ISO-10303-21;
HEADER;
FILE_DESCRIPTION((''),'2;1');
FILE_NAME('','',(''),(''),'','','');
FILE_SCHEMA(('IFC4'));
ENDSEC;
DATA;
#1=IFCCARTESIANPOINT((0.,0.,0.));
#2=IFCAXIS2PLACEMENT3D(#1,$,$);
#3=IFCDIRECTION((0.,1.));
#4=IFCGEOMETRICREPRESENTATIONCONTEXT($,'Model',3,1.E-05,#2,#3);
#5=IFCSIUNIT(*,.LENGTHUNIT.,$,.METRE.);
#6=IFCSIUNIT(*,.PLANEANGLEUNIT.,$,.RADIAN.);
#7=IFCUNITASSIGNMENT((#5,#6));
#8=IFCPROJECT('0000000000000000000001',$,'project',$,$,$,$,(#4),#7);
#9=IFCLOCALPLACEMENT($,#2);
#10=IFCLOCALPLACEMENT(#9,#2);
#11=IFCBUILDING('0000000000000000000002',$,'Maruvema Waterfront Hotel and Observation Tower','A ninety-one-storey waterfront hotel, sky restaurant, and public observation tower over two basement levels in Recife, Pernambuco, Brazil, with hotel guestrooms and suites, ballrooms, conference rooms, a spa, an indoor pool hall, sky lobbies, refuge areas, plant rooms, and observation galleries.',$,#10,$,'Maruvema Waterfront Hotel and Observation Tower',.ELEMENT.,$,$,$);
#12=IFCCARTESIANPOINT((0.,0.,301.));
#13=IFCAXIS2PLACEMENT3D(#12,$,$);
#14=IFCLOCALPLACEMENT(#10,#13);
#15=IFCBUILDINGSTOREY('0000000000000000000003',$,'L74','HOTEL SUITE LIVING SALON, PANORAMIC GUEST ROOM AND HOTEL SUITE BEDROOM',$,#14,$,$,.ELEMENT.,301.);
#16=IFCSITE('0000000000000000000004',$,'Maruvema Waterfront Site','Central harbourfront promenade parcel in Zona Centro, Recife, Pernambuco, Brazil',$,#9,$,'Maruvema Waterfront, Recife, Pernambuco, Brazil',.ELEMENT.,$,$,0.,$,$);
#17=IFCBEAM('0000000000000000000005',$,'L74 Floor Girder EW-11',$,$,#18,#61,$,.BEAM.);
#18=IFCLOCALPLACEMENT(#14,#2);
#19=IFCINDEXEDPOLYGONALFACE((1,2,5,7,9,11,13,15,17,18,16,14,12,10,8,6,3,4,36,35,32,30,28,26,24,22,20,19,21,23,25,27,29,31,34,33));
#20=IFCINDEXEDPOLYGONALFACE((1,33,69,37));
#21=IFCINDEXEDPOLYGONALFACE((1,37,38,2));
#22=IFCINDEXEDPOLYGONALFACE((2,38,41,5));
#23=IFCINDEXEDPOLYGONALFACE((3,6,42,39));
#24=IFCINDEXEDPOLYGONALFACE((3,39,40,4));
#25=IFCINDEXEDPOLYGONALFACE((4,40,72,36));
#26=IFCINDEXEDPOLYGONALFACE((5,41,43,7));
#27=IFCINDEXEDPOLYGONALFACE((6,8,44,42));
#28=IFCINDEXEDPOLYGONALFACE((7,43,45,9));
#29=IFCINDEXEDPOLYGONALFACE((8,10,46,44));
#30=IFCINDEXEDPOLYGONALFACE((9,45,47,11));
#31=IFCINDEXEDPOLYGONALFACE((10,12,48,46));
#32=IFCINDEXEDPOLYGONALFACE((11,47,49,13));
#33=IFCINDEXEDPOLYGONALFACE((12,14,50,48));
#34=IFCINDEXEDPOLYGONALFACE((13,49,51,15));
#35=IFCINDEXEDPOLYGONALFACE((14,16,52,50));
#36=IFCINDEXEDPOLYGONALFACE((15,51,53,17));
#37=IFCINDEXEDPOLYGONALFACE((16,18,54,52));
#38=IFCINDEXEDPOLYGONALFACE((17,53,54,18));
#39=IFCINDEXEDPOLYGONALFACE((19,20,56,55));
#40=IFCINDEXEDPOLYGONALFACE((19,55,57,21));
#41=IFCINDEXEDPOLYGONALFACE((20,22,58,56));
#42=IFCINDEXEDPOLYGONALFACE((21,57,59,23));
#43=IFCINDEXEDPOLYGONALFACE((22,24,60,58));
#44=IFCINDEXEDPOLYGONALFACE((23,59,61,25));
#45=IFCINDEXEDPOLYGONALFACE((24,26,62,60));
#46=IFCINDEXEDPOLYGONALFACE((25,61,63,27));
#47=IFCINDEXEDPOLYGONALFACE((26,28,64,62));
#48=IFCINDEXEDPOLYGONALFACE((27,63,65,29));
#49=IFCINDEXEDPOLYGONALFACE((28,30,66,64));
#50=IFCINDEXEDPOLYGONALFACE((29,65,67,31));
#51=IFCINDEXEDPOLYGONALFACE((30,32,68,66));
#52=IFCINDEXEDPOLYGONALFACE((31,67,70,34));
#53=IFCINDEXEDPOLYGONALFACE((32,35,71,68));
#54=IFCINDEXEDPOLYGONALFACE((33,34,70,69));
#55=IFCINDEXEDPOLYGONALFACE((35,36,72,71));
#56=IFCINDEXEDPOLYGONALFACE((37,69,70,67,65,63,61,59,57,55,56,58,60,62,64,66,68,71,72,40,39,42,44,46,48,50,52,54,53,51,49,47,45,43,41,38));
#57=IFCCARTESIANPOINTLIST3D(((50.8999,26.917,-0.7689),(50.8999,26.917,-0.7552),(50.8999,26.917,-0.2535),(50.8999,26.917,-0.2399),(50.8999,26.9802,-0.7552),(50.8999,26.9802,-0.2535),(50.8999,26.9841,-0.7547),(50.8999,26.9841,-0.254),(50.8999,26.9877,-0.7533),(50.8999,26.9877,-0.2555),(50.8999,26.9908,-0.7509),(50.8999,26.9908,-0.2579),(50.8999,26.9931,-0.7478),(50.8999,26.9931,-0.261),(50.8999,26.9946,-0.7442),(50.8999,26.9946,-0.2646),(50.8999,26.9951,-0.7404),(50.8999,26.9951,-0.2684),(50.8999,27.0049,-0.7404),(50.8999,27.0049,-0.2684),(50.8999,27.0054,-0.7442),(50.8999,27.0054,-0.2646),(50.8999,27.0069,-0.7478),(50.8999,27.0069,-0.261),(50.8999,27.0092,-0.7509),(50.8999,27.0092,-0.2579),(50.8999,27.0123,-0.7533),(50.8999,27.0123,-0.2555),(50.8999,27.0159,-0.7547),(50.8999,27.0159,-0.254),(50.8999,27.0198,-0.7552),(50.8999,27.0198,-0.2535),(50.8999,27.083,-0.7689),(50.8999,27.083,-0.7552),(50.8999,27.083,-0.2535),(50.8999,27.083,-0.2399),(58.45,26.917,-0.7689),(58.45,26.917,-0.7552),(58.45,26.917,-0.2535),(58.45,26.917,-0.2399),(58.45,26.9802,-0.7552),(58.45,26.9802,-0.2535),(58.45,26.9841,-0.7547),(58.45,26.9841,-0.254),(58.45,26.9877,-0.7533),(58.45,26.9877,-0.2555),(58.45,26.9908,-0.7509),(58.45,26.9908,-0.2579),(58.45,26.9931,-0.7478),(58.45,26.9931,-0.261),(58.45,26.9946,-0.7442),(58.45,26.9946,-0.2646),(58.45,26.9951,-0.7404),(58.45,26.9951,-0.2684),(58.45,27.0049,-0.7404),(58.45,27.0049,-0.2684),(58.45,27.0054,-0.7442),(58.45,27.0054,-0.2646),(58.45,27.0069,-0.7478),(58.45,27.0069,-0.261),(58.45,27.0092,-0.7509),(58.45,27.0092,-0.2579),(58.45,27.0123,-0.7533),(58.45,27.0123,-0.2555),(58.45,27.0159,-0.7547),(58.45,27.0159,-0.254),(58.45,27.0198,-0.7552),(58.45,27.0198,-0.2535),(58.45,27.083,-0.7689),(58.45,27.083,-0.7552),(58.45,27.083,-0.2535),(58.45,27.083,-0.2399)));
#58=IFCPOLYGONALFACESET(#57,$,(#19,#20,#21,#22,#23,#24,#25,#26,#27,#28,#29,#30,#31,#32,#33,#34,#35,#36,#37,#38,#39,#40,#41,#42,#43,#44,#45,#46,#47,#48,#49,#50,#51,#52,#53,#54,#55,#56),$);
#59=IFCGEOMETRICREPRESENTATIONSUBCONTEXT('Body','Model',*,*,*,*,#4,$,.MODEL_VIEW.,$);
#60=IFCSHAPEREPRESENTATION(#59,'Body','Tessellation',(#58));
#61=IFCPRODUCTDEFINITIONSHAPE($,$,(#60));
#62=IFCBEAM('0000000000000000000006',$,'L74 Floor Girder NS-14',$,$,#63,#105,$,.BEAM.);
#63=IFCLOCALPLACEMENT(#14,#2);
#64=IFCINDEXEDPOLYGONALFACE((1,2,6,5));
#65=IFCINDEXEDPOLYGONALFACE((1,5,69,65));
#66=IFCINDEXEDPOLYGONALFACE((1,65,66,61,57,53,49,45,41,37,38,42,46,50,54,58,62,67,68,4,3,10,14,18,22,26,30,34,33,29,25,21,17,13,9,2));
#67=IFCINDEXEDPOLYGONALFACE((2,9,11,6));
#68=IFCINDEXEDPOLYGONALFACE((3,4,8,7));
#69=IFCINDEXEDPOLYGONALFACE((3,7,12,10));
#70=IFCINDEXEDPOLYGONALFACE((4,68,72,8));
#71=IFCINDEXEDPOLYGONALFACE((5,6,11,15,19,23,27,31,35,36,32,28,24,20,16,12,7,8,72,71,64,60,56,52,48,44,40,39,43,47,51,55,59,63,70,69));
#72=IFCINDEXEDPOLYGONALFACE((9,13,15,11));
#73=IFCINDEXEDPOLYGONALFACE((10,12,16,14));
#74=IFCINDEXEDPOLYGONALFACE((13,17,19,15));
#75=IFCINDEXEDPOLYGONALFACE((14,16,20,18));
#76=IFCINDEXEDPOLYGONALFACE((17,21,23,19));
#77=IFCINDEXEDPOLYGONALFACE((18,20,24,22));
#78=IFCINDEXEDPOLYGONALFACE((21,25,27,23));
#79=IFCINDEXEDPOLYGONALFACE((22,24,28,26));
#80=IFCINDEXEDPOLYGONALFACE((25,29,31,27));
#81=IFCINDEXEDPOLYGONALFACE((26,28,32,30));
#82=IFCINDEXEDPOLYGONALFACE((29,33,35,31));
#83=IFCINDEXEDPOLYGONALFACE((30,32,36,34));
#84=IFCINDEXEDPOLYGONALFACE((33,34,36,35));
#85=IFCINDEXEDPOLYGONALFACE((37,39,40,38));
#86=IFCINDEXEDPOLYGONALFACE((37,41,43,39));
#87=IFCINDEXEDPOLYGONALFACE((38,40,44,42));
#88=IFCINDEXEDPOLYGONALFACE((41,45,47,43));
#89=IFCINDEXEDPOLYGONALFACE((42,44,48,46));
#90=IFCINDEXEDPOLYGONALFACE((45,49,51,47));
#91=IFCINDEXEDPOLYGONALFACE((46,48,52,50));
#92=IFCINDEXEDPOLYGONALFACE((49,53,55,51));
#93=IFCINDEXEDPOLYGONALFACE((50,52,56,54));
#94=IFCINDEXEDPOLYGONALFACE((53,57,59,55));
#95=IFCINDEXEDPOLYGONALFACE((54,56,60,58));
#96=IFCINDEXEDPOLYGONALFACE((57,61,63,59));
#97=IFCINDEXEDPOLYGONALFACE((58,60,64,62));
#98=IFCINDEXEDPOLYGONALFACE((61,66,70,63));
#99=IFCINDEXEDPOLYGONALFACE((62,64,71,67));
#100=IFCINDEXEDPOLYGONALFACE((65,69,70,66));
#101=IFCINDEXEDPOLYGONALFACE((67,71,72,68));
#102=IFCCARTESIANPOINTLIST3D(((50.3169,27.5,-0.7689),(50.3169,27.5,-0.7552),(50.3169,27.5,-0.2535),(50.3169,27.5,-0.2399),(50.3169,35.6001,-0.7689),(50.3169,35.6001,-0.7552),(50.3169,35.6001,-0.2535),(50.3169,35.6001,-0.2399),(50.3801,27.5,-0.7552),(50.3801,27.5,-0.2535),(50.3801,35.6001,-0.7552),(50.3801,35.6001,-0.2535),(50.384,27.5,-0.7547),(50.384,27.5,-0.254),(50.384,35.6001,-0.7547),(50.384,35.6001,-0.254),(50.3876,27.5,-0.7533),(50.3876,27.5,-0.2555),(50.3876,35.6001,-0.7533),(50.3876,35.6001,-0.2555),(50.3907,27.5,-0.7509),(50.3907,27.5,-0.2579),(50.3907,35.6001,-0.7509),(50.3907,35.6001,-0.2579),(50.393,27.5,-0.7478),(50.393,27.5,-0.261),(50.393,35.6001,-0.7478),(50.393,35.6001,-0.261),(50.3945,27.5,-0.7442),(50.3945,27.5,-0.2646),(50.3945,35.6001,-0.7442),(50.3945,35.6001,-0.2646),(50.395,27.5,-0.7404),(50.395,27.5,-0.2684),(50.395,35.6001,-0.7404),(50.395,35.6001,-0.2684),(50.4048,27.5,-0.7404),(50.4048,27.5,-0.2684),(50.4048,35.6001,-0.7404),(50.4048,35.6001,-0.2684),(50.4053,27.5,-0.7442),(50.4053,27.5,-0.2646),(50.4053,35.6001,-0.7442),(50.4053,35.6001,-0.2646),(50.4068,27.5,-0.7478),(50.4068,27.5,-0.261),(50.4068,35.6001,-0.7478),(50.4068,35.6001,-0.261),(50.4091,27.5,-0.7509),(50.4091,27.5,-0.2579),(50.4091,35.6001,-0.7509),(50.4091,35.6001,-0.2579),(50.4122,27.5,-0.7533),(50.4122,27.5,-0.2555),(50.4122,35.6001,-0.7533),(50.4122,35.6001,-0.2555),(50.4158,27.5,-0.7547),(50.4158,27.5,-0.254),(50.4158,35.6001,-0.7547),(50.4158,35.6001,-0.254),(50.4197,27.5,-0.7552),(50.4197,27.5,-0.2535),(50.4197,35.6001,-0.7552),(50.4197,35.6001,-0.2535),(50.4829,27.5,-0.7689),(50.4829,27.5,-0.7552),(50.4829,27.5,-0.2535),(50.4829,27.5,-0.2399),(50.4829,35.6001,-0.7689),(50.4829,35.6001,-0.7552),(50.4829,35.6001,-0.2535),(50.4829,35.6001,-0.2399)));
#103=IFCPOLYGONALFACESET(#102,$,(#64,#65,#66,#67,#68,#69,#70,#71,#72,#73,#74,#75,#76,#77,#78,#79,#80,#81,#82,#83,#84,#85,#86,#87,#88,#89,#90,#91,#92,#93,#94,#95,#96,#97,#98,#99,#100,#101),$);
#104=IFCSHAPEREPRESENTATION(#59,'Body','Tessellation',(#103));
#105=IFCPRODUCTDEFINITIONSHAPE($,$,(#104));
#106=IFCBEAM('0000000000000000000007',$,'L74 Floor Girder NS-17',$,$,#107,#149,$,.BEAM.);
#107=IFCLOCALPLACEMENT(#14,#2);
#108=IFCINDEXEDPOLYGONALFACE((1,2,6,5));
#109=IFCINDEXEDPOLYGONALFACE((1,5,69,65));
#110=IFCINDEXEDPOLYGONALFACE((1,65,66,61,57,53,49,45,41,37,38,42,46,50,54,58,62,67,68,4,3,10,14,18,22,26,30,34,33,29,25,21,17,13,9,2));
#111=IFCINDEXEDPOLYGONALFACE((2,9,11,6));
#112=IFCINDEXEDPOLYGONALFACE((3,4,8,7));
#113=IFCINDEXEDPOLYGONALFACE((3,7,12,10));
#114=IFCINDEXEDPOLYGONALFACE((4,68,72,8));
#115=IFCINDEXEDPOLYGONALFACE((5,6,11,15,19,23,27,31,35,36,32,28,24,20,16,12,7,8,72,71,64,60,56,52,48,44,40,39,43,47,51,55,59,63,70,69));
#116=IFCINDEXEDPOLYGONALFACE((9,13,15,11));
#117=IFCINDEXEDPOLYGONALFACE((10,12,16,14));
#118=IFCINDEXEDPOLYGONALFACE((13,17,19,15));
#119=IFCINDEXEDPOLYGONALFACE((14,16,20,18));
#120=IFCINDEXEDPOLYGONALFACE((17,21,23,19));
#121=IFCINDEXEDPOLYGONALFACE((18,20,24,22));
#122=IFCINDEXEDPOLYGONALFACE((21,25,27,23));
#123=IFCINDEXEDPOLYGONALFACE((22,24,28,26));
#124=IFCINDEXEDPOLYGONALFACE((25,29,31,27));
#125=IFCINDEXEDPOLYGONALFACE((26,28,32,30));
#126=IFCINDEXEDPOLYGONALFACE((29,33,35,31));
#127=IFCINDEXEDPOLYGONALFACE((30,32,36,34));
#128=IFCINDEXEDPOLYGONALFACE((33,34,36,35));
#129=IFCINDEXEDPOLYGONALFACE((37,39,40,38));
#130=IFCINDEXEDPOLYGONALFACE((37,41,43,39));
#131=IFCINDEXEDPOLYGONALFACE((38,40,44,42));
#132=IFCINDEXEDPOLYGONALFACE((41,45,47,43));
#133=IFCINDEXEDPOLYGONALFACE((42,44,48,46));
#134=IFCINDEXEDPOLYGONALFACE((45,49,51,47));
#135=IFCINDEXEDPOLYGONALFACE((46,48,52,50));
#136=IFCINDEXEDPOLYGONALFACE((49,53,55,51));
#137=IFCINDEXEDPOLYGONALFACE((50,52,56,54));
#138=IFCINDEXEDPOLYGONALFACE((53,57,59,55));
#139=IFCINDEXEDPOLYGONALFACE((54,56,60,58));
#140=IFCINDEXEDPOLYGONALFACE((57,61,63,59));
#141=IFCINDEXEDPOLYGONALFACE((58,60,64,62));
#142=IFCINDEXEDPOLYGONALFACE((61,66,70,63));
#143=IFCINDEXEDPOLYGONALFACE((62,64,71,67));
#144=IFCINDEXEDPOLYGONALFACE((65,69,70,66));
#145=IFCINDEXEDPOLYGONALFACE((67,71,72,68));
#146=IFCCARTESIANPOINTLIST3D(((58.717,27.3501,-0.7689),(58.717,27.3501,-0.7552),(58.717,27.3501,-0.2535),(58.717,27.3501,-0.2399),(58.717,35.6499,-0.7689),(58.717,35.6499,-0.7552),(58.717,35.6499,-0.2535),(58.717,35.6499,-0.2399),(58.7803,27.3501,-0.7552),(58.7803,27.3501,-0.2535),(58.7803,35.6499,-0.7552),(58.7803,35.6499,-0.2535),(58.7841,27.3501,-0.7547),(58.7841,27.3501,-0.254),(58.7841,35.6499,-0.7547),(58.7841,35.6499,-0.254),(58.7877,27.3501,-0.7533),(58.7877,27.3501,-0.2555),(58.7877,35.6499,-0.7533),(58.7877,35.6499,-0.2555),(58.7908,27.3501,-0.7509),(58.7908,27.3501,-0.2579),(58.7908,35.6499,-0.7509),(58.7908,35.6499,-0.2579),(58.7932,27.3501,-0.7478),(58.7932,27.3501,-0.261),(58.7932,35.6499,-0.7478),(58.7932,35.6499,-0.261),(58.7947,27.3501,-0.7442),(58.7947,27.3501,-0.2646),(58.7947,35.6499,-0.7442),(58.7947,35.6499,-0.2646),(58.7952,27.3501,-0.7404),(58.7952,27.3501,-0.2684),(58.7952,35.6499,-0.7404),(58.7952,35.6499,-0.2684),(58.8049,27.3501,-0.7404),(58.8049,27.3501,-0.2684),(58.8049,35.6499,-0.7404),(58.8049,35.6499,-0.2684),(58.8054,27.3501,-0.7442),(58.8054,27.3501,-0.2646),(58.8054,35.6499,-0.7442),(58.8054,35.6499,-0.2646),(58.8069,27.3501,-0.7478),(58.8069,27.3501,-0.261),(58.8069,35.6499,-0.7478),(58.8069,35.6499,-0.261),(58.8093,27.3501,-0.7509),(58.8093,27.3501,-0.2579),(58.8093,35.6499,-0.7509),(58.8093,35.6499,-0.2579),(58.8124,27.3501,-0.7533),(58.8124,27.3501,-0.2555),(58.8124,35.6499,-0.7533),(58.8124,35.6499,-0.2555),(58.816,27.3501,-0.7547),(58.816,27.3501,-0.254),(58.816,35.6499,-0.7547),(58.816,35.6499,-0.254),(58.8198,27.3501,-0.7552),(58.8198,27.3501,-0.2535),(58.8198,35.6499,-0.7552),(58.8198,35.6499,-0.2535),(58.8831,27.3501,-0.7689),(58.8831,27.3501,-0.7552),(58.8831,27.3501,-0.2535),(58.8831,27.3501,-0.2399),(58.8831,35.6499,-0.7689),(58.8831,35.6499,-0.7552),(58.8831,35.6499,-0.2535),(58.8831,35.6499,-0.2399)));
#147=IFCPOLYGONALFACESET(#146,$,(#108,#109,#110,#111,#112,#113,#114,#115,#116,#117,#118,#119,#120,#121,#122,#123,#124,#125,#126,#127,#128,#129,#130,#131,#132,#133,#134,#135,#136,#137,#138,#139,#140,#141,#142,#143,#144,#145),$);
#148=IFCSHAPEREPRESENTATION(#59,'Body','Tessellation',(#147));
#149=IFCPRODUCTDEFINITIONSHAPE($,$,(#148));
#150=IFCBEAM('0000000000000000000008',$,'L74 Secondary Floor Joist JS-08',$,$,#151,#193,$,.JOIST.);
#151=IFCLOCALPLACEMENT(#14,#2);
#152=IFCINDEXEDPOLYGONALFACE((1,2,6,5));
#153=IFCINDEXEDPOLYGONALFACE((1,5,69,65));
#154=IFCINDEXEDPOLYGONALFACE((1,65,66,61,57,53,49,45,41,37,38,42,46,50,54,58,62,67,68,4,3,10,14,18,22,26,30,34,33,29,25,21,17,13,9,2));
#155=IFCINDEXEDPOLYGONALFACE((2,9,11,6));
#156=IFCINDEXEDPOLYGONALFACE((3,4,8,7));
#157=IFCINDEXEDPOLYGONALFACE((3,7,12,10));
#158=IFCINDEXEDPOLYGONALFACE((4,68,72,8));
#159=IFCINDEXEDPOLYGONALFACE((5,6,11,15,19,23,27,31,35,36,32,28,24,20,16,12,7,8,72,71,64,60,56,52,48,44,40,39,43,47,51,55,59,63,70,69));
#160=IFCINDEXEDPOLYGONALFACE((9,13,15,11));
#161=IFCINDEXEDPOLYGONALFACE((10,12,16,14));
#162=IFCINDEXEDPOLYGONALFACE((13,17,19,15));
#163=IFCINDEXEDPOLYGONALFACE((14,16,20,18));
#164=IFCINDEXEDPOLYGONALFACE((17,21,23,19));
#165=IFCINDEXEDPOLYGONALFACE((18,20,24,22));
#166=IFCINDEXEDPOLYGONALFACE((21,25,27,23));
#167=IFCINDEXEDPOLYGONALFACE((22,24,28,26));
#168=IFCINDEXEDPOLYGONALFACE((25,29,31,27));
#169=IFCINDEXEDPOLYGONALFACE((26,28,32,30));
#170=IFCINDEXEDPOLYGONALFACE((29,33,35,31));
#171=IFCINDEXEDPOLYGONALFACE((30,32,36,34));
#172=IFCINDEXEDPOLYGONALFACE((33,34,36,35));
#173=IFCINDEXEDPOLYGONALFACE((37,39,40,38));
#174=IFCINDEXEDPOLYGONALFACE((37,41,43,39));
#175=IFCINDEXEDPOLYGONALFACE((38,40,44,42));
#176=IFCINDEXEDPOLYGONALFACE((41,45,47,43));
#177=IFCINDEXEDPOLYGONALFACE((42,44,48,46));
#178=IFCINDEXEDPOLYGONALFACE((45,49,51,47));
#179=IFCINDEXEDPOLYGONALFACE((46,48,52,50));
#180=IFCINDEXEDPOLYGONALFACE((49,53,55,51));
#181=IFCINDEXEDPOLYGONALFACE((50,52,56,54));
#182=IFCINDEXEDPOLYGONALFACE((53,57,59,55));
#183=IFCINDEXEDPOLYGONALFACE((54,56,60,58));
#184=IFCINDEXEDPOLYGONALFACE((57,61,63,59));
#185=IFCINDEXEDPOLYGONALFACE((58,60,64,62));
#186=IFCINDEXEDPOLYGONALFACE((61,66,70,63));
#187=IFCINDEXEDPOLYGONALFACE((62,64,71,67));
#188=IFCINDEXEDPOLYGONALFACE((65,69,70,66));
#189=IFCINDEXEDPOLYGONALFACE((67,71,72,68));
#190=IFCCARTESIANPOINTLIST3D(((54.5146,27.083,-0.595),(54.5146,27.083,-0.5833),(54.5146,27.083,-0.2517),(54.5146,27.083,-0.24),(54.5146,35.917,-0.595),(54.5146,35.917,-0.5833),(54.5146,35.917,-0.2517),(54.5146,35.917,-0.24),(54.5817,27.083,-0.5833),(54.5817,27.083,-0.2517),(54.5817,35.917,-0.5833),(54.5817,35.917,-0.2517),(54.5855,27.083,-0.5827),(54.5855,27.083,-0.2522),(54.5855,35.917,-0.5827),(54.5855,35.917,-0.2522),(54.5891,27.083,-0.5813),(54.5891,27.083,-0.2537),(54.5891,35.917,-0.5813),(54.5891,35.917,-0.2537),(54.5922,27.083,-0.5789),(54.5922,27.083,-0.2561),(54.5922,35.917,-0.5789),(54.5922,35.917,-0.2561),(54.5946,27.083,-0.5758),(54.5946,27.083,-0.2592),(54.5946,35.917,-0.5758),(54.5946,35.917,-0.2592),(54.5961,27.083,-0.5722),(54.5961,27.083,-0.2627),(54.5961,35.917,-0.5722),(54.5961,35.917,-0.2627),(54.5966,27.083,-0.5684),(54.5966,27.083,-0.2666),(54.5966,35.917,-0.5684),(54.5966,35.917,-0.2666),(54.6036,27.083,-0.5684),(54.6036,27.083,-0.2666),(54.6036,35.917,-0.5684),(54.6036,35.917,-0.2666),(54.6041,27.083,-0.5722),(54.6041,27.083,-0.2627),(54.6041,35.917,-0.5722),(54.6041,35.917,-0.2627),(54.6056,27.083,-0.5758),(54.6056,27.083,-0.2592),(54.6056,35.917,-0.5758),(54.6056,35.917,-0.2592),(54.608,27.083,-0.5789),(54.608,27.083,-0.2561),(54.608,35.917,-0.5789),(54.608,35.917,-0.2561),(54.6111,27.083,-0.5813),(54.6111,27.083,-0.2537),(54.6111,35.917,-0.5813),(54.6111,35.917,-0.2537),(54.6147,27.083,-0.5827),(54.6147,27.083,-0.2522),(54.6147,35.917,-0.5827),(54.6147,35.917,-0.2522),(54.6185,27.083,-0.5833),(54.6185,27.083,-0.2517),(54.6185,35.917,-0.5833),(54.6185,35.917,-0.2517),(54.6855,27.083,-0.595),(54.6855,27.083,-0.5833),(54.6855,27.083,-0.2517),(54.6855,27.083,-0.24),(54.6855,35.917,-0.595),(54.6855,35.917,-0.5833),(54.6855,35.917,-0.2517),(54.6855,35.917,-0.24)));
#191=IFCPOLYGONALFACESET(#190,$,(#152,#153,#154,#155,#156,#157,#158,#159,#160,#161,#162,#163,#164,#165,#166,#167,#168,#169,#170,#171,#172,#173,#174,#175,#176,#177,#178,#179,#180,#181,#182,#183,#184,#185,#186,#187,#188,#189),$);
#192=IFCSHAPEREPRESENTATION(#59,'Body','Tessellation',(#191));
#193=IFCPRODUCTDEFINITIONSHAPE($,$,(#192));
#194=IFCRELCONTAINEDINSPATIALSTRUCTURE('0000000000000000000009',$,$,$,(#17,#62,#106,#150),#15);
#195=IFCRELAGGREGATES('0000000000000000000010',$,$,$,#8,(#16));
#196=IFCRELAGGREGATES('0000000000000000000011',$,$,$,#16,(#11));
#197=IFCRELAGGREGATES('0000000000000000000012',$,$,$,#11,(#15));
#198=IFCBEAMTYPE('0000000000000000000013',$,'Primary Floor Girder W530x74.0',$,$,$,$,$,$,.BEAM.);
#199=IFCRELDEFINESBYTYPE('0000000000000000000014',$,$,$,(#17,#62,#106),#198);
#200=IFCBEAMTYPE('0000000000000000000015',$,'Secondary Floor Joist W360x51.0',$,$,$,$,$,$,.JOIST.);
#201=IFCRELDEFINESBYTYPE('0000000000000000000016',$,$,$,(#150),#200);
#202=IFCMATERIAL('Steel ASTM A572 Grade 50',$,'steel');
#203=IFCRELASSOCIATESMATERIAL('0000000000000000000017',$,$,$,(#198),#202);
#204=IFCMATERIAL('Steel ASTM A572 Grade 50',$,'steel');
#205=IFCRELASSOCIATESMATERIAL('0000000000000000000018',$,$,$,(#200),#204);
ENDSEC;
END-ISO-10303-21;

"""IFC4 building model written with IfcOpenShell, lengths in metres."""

from ifc_helpers import new_model, si_unit, direction, frame, origin, origin_2d, place, context, subcontext, project, spatial, i_section, extrude, material, material_profile, profile_set, type_object, element, save


model = new_model("IFC4")

# Units and contexts
model_context = context("Model", 3, precision=1e-05, world=origin(), true_north=direction((0.0, 1.0)))
body_context = subcontext(model_context, "Body", "Model", "MODEL_VIEW")
ifc_project = project(units=[si_unit("LENGTHUNIT", "METRE"), si_unit("PLANEANGLEUNIT", "RADIAN")], contexts=[model_context])

# Site, building, storey
site_placement = place(None, origin())
site = spatial("IfcSite", under=ifc_project, at=site_placement, Name="Maruvema Waterfront Site", Description="Central harbourfront promenade parcel in Zona Centro, Recife, Pernambuco, Brazil", LongName="Maruvema Waterfront, Recife, Pernambuco, Brazil", CompositionType="ELEMENT", RefElevation=0.0)
building_placement = place(site_placement, origin())
building = spatial("IfcBuilding", under=site, at=building_placement, Name="Maruvema Waterfront Hotel and Observation Tower", Description="A ninety-one-storey waterfront hotel, sky restaurant, and public observation tower over two basement levels in Recife, Pernambuco, Brazil, with hotel guestrooms and suites, ballrooms, conference rooms, a spa, an indoor pool hall, sky lobbies, refuge areas, plant rooms, and observation galleries.", LongName="Maruvema Waterfront Hotel and Observation Tower", CompositionType="ELEMENT")
storey_placement = place(building_placement, frame((0.0, 0.0, 301.0)))
storey = spatial("IfcBuildingStorey", under=building, at=storey_placement, Name="L74", Description="HOTEL SUITE LIVING SALON, PANORAMIC GUEST ROOM AND HOTEL SUITE BEDROOM", CompositionType="ELEMENT", Elevation=301.0)

# Beams
ifc_material_1 = material(Name="Steel ASTM A572 Grade 50", Category="steel")
ifc_material_profile_1 = material_profile(ifc_material_1, i_section(OverallWidth=0.166, OverallDepth=0.5291, WebThickness=0.0098, FlangeThickness=0.0137, FilletRadius=0.0149, at=origin_2d()), Name="W530x74.0")
ifc_profile_set_1 = profile_set([ifc_material_profile_1], Name="Steel ASTM A572 Grade 50")
beam_type_1 = type_object("IfcBeamType", Name="Primary Floor Girder W530x74.0", PredefinedType="BEAM", material=ifc_profile_set_1)
beam_1_placement = place(storey_placement, frame((50.8999, 27.0, -0.5044), z_axis=(1.0, 0.0, 0.0), x_axis=(0.0, 1.0, 0.0)))
element("IfcBeam", 1, at=beam_1_placement, inside=storey, type_object=beam_type_1, Name="L74 Floor Girder EW-11", PredefinedType="BEAM", context=body_context, shape_type="SweptSolid", body=[
    extrude(i_section(OverallWidth=0.166, OverallDepth=0.5291, WebThickness=0.0098, FlangeThickness=0.0137, FilletRadius=0.0149, at=origin_2d()), origin(), (0.0, 0.0, 1.0), 7.55),
])
beam_2_placement = place(storey_placement, frame((50.3999, 27.5, -0.5044), z_axis=(0.0, 1.0, 0.0), x_axis=(-1.0, 0.0, 0.0)))
element("IfcBeam", 2, at=beam_2_placement, inside=storey, type_object=beam_type_1, Name="L74 Floor Girder NS-14", PredefinedType="BEAM", context=body_context, shape_type="SweptSolid", body=[
    extrude(i_section(OverallWidth=0.166, OverallDepth=0.5291, WebThickness=0.0098, FlangeThickness=0.0137, FilletRadius=0.0149, at=origin_2d()), origin(), (0.0, 0.0, 1.0), 8.1001),
])
beam_3_placement = place(storey_placement, frame((58.8, 27.3501, -0.5044), z_axis=(0.0, 1.0, 0.0), x_axis=(-1.0, 0.0, 0.0)))
element("IfcBeam", 3, at=beam_3_placement, inside=storey, type_object=beam_type_1, Name="L74 Floor Girder NS-17", PredefinedType="BEAM", context=body_context, shape_type="SweptSolid", body=[
    extrude(i_section(OverallWidth=0.166, OverallDepth=0.5291, WebThickness=0.0098, FlangeThickness=0.0137, FilletRadius=0.0149, at=origin_2d()), origin(), (0.0, 0.0, 1.0), 8.2998),
])
ifc_material_2 = material(Name="Steel ASTM A572 Grade 50", Category="steel")
ifc_material_profile_2 = material_profile(ifc_material_2, i_section(OverallWidth=0.1709, OverallDepth=0.355, WebThickness=0.0071, FlangeThickness=0.0117, FilletRadius=0.0149, at=origin_2d()), Name="W360x51.0")
ifc_profile_set_2 = profile_set([ifc_material_profile_2], Name="Steel ASTM A572 Grade 50")
beam_type_2 = type_object("IfcBeamType", Name="Secondary Floor Joist W360x51.0", PredefinedType="JOIST", material=ifc_profile_set_2)
beam_4_placement = place(storey_placement, frame((54.6001, 27.083, -0.4175), z_axis=(0.0, 1.0, 0.0), x_axis=(-1.0, 0.0, 0.0)))
element("IfcBeam", 4, at=beam_4_placement, inside=storey, type_object=beam_type_2, Name="L74 Secondary Floor Joist JS-08", PredefinedType="JOIST", context=body_context, shape_type="SweptSolid", body=[
    extrude(i_section(OverallWidth=0.1709, OverallDepth=0.355, WebThickness=0.0071, FlangeThickness=0.0117, FilletRadius=0.0149, at=origin_2d()), origin(), (0.0, 0.0, 1.0), 8.834),
])

save(model, "model.ifc")
